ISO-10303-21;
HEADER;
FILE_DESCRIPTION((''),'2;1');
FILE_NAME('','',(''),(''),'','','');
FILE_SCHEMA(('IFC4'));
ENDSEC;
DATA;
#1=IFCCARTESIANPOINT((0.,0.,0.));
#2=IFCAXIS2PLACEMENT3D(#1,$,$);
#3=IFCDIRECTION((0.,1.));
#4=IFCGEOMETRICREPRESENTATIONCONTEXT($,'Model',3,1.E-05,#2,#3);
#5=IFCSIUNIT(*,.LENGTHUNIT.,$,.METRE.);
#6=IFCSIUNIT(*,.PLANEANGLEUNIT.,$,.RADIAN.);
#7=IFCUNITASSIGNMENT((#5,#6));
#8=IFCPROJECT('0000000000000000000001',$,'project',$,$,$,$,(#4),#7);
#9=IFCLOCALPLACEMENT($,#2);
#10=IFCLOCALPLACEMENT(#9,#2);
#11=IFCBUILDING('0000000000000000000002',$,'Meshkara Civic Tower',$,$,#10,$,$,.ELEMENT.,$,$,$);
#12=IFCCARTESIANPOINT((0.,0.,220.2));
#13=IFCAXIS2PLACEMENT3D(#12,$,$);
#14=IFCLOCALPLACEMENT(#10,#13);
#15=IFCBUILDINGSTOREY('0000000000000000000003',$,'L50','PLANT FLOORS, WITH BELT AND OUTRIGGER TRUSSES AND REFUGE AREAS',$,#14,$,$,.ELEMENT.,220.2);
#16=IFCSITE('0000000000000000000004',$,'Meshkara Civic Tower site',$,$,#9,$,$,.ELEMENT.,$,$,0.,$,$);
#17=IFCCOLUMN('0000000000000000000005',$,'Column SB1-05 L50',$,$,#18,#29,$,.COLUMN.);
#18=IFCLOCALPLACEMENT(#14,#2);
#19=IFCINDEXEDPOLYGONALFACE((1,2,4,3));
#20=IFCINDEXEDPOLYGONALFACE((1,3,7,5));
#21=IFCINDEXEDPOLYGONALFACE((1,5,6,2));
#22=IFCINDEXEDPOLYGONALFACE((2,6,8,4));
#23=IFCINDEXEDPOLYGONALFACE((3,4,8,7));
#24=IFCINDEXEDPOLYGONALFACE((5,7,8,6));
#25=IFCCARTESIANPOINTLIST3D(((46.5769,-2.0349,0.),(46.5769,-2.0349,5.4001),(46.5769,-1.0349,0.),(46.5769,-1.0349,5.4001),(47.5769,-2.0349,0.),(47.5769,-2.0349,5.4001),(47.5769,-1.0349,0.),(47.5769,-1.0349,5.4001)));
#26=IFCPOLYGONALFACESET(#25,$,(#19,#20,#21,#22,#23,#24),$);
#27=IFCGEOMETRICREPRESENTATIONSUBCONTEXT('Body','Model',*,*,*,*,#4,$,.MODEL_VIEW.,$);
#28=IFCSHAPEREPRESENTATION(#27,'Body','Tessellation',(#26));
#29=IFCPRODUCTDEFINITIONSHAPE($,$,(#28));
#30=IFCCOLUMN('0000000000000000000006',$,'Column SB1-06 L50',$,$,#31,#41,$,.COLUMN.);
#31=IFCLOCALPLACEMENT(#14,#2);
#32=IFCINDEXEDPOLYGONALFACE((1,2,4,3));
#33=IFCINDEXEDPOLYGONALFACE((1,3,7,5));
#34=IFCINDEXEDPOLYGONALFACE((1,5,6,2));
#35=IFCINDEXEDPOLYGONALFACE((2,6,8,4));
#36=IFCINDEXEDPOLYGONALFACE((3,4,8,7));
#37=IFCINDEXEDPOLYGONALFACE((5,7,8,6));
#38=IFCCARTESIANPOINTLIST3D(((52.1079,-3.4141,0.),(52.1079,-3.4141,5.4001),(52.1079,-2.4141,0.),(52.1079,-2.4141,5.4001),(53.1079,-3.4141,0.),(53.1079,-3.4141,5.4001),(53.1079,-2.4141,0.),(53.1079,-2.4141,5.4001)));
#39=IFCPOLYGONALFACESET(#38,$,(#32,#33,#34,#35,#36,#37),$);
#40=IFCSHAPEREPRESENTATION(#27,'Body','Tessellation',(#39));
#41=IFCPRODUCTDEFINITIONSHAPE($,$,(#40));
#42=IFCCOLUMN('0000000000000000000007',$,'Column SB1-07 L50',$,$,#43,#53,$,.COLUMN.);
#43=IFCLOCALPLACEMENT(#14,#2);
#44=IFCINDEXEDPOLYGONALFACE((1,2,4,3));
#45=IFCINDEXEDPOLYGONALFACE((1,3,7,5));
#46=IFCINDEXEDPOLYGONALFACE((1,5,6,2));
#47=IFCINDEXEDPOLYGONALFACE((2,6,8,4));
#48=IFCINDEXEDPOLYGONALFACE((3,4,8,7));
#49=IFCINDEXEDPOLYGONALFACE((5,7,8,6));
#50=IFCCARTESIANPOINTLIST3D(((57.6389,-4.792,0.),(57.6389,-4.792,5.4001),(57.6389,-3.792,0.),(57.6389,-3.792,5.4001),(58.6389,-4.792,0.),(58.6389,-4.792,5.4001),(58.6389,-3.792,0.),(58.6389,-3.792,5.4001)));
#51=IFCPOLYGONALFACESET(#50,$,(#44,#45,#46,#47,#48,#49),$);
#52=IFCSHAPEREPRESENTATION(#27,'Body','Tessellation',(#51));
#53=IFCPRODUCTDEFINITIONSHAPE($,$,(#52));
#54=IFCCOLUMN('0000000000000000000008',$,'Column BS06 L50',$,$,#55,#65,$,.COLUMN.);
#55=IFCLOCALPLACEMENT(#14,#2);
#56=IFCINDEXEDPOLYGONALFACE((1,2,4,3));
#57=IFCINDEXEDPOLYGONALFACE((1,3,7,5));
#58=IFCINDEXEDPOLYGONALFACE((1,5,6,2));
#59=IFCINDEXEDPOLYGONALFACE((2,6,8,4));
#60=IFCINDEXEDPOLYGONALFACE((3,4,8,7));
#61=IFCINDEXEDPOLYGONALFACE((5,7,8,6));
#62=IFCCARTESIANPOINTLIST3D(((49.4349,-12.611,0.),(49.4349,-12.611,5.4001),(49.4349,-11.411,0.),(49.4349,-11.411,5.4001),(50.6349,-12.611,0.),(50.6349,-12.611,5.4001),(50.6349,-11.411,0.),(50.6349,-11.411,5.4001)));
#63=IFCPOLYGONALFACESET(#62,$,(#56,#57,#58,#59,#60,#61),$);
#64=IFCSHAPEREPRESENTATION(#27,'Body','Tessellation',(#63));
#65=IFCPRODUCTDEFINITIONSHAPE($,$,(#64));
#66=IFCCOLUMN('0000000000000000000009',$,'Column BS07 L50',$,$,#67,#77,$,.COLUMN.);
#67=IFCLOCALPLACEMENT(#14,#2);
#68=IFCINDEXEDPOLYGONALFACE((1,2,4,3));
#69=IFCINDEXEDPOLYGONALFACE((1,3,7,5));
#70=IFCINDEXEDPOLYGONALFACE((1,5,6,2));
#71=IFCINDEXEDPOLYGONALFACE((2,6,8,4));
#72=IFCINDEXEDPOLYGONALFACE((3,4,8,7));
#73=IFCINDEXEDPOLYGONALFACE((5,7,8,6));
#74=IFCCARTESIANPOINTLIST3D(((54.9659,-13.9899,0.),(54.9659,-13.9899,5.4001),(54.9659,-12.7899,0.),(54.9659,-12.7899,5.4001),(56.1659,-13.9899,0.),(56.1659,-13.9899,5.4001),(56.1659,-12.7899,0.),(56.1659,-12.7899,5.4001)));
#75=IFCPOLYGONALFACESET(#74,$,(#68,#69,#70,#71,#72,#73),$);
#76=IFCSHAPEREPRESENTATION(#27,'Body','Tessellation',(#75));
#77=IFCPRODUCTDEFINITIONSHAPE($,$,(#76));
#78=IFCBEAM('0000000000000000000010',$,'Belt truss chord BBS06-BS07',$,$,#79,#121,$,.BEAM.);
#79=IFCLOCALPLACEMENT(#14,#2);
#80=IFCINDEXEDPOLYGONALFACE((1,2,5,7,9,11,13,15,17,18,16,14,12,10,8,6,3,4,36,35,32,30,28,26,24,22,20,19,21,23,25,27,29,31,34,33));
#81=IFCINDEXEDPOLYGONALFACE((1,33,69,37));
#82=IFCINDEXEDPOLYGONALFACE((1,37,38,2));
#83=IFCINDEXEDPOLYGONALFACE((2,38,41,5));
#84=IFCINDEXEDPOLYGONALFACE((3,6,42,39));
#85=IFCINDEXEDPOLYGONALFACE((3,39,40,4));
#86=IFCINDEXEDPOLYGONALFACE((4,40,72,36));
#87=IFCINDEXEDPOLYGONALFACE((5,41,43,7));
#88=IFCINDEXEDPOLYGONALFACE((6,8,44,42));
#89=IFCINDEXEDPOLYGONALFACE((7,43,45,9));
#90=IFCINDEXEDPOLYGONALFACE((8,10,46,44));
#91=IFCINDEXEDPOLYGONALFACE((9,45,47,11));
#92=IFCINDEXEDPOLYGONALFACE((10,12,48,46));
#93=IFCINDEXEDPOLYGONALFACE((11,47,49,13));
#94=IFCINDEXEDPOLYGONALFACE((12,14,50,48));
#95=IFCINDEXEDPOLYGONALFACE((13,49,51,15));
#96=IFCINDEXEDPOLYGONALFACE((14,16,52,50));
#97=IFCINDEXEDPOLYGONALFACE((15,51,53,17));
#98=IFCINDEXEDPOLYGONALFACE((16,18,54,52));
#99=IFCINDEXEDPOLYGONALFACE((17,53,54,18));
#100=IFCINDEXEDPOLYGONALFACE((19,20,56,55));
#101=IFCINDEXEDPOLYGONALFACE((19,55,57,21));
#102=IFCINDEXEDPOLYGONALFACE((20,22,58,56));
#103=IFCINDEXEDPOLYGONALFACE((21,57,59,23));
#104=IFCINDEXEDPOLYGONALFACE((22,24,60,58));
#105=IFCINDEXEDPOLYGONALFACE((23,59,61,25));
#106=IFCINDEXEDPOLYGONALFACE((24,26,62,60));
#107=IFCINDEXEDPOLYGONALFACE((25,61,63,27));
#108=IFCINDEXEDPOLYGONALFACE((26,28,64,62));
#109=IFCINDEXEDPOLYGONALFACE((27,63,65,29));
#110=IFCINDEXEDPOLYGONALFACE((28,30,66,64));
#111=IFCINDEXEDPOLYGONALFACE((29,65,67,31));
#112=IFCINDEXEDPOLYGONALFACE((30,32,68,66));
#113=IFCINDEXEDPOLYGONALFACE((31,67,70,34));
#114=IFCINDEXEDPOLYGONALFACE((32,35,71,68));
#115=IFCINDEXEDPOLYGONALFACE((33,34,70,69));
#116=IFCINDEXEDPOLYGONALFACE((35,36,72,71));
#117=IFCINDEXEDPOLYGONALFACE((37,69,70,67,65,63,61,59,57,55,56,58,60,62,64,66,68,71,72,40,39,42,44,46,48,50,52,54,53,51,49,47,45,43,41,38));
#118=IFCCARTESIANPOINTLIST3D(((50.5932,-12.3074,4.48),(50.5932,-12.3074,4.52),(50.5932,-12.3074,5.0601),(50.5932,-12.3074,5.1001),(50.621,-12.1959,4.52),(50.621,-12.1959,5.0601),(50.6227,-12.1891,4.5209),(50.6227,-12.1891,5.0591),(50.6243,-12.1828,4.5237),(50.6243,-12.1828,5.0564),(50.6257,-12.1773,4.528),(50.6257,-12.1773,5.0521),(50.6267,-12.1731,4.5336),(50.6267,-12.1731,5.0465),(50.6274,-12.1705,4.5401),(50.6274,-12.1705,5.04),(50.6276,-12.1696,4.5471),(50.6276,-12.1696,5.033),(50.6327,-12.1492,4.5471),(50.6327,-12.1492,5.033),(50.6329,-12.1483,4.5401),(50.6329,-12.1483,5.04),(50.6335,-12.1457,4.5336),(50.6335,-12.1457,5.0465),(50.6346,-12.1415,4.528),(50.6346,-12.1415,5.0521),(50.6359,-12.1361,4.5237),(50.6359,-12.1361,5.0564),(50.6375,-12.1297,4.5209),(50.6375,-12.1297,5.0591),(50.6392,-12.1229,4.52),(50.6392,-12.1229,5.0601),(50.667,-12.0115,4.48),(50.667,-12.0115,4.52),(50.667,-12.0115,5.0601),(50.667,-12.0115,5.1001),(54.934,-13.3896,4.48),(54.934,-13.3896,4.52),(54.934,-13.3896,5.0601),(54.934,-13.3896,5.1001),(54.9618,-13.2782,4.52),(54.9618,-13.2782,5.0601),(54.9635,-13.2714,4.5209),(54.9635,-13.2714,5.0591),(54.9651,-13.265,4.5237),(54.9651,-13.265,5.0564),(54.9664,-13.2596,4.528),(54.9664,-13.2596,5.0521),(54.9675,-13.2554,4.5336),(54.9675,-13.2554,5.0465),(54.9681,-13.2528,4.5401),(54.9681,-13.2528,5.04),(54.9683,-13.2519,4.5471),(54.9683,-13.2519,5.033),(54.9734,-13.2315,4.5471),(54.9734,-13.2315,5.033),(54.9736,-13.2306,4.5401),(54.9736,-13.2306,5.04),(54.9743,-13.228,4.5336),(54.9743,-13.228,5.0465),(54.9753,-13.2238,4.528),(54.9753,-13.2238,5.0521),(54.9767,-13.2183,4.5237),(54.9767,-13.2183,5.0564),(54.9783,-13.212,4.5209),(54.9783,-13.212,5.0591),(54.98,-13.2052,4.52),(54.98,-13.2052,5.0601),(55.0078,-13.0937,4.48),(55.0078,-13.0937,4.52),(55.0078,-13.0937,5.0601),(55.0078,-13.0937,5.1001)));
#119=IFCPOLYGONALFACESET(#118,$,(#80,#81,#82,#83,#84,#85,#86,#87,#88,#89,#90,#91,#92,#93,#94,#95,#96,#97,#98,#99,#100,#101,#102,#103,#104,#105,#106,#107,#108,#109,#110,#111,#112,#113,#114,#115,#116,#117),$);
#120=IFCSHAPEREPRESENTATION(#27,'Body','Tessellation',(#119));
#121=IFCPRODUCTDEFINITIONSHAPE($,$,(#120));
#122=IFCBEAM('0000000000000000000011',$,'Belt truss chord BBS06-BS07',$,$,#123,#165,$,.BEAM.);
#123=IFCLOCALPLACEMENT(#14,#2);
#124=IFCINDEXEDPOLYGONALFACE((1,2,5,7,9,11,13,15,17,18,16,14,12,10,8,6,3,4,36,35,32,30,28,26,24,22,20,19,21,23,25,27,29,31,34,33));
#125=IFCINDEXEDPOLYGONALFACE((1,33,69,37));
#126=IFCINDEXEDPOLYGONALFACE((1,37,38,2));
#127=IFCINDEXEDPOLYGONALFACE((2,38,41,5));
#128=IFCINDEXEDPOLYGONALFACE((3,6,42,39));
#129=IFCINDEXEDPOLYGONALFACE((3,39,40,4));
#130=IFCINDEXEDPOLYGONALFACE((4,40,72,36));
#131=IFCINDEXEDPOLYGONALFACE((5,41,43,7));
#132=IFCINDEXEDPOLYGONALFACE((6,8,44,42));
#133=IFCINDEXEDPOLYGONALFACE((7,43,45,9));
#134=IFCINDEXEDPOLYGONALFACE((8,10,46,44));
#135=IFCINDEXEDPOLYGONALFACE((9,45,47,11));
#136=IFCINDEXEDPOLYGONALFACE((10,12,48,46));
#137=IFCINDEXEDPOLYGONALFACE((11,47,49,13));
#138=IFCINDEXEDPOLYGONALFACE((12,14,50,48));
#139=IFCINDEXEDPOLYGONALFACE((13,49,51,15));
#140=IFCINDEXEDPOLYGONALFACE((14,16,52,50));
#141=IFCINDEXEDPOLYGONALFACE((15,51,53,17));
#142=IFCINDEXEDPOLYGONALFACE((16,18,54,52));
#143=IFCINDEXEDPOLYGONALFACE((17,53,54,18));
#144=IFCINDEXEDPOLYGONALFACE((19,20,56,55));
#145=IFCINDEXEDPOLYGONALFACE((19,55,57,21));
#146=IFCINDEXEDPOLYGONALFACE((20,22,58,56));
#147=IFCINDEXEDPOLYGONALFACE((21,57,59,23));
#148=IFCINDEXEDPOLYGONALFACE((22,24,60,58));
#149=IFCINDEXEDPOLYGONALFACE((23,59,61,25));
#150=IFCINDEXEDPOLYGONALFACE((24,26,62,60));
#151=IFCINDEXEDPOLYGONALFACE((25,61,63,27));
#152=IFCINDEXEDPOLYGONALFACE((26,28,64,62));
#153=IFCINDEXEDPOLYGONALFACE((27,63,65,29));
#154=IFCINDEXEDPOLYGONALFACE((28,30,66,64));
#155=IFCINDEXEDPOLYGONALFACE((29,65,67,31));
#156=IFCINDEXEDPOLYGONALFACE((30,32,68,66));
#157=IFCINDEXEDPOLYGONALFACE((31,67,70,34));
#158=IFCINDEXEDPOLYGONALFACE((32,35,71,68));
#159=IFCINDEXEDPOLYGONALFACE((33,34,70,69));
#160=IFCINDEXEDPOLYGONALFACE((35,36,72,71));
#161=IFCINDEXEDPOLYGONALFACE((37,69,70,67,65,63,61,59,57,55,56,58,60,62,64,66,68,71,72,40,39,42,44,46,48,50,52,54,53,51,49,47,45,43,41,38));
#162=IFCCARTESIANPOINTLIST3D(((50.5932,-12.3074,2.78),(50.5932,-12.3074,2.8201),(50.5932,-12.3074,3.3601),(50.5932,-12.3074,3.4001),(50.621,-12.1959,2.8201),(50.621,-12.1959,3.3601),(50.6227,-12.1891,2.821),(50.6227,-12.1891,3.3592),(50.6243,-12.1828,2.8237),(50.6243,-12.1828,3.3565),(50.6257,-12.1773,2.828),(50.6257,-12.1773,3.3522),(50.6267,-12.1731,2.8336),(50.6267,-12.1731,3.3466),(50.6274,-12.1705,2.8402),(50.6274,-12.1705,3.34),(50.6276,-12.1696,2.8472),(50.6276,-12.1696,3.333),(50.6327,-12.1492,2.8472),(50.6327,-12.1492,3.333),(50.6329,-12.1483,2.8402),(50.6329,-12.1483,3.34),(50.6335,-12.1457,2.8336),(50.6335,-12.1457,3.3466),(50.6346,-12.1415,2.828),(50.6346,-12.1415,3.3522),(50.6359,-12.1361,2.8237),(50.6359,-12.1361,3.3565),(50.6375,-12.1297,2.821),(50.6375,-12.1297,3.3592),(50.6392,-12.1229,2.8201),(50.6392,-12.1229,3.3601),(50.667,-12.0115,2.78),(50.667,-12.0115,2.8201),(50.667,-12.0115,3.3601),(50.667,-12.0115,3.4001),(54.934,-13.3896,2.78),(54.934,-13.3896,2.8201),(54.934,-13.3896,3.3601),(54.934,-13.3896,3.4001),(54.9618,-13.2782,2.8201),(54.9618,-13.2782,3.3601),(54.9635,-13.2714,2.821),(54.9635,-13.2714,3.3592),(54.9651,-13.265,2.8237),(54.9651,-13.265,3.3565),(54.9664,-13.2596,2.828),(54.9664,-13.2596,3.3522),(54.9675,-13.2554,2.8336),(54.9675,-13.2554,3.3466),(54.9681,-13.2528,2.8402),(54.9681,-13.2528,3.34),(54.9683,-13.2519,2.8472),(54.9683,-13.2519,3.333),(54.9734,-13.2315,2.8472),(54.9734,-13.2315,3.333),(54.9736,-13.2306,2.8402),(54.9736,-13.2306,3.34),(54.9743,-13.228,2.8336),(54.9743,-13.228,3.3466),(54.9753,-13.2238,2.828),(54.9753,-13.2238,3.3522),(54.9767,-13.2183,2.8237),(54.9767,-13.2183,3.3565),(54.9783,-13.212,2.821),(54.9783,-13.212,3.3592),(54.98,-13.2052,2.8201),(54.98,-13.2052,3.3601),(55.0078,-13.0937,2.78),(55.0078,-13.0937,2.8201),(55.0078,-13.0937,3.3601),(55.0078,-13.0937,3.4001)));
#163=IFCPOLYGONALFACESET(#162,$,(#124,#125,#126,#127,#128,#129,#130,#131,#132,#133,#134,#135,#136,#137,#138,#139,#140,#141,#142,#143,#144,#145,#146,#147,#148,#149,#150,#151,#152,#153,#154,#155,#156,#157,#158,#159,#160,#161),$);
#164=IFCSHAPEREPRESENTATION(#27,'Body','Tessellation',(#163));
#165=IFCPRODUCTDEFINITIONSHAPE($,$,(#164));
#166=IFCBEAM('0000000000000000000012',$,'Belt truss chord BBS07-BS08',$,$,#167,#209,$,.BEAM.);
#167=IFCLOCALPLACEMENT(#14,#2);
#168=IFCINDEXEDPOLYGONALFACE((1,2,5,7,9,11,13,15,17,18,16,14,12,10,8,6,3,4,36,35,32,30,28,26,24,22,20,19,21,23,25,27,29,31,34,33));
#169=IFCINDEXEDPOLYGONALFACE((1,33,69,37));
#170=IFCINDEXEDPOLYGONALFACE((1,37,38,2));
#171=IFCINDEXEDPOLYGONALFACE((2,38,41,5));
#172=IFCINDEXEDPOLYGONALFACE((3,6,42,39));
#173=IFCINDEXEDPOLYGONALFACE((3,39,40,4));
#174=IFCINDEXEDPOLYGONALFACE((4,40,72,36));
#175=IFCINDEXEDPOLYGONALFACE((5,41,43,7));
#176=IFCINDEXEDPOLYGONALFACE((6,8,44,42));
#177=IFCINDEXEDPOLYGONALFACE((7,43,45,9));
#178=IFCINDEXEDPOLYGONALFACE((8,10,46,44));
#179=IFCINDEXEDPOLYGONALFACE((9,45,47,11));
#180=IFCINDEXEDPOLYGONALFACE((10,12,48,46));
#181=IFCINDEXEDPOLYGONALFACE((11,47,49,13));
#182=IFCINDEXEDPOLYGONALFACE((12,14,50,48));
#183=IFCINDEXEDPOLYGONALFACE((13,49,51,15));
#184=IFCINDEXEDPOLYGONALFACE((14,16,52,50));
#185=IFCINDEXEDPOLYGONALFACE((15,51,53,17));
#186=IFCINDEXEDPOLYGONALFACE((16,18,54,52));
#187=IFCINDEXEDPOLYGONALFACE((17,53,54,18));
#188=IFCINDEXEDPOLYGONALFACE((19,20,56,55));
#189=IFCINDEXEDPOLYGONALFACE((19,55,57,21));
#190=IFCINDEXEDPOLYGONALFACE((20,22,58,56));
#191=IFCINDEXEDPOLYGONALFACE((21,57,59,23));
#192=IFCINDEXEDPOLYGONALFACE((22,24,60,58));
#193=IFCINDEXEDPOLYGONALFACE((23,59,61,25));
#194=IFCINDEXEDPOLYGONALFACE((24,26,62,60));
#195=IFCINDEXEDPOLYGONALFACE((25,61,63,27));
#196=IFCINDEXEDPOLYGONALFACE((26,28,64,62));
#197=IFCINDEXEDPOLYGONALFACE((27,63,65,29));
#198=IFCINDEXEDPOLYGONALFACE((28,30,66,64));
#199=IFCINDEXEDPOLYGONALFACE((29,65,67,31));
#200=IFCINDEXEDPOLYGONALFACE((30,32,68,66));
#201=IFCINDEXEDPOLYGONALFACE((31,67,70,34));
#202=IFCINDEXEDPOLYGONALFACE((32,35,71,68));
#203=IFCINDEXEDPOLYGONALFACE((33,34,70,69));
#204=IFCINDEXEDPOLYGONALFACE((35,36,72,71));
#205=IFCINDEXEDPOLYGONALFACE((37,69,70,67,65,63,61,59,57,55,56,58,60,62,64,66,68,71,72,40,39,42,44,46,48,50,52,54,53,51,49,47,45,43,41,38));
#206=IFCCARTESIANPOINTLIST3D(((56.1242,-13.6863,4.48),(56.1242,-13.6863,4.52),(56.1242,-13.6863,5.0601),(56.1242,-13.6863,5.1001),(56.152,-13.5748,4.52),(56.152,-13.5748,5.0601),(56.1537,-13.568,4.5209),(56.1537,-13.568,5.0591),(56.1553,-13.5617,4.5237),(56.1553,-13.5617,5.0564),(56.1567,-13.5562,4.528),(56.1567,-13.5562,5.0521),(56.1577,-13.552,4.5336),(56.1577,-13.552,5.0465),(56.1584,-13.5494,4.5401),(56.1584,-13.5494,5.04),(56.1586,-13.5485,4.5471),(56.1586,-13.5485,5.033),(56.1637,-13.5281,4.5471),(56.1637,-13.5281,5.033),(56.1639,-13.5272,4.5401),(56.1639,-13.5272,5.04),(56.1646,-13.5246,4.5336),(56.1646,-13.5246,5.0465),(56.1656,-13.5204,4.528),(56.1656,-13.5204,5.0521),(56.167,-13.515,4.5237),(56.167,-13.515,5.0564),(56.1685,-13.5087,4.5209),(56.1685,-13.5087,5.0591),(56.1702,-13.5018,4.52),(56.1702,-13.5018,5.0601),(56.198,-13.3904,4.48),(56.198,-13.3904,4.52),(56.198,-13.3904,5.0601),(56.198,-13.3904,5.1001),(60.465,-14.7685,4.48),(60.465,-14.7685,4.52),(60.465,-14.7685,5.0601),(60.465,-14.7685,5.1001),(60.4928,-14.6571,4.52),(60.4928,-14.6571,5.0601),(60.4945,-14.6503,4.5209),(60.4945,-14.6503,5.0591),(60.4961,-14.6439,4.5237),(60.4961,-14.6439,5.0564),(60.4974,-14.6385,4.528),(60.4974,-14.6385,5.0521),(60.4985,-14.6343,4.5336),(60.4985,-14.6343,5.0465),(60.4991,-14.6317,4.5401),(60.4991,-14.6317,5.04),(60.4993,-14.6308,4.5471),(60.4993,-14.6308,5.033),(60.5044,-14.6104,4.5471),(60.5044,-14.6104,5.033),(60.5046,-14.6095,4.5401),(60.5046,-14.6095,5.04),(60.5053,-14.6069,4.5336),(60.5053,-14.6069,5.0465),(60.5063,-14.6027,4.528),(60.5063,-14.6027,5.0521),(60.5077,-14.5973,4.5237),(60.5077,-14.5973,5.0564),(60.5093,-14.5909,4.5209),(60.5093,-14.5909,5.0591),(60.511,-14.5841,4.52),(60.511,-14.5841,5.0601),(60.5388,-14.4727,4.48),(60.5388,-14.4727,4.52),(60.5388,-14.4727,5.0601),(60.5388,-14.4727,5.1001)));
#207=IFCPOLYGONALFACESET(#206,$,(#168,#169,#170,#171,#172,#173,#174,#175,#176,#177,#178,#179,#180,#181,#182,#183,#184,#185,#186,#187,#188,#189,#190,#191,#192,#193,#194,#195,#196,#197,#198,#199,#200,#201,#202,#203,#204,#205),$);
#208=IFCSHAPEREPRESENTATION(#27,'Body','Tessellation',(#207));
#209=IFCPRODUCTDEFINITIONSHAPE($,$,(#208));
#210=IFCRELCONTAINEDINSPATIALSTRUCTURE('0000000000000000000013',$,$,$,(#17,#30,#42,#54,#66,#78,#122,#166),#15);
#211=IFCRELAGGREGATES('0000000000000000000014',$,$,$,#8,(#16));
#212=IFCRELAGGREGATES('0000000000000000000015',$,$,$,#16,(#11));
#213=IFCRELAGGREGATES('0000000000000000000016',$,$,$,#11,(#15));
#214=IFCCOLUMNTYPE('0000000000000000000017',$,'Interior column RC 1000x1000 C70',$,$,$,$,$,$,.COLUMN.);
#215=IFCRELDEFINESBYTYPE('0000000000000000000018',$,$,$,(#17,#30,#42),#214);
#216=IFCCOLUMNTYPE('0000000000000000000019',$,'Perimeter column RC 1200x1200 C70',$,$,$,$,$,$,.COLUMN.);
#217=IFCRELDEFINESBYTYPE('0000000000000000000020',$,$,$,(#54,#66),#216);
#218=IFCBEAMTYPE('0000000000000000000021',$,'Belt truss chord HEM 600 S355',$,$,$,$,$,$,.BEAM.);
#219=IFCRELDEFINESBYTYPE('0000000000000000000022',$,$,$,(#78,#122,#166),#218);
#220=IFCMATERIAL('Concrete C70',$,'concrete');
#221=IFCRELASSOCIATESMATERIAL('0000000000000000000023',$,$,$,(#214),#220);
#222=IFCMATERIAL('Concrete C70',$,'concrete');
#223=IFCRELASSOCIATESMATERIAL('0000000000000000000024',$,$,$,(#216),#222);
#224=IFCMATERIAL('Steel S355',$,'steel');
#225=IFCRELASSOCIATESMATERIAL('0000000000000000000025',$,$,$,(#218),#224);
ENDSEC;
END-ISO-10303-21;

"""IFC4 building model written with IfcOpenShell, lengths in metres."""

from ifc_helpers import new_model, si_unit, direction, frame, origin, origin_2d, place, context, subcontext, project, spatial, rectangle, i_section, extrude, material, material_profile, profile_set, type_object, element, save


model = new_model("IFC4")

# Units and contexts
model_context = context("Model", 3, precision=1e-05, world=origin(), true_north=direction((0.0, 1.0)))
body_context = subcontext(model_context, "Body", "Model", "MODEL_VIEW")
ifc_project = project(units=[si_unit("LENGTHUNIT", "METRE"), si_unit("PLANEANGLEUNIT", "RADIAN")], contexts=[model_context])

# Site, building, storey
site_placement = place(None, origin())
site = spatial("IfcSite", under=ifc_project, at=site_placement, Name="Meshkara Civic Tower site", CompositionType="ELEMENT", RefElevation=0.0)
building_placement = place(site_placement, origin())
building = spatial("IfcBuilding", under=site, at=building_placement, Name="Meshkara Civic Tower", CompositionType="ELEMENT")
storey_placement = place(building_placement, frame((0.0, 0.0, 220.2)))
storey = spatial("IfcBuildingStorey", under=building, at=storey_placement, Name="L50", Description="PLANT FLOORS, WITH BELT AND OUTRIGGER TRUSSES AND REFUGE AREAS", CompositionType="ELEMENT", Elevation=220.2)

# Columns
ifc_material_1 = material(Name="Concrete C70", Category="concrete")
ifc_material_profile_1 = material_profile(ifc_material_1, rectangle(XDim=1.0, YDim=1.0, at=origin_2d()))
ifc_profile_set_1 = profile_set([ifc_material_profile_1], Name="Concrete C70")
column_type_1 = type_object("IfcColumnType", Name="Interior column RC 1000x1000 C70", PredefinedType="COLUMN", material=ifc_profile_set_1)
for number, where, z_axis, x_axis, name in (
    (1, (47.0769, -1.5349, 0.0), (0.0, 0.0, 1.0), (1.0, 0.0, 0.0), "Column SB1-05 L50"),
    (2, (52.6079, -2.9141, 0.0), (0.0, 0.0, 1.0), (1.0, 0.0, 0.0), "Column SB1-06 L50"),
    (3, (58.1389, -4.292, 0.0), (0.0, 0.0, 1.0), (1.0, 0.0, 0.0), "Column SB1-07 L50"),
):
    element("IfcColumn", number, at=place(storey_placement, frame(where, z_axis=z_axis, x_axis=x_axis)), inside=storey, type_object=column_type_1, Name=name, PredefinedType="COLUMN", context=body_context, shape_type="SweptSolid", body=[
        extrude(rectangle(XDim=1.0, YDim=1.0, at=origin_2d()), origin(), (0.0, 0.0, 1.0), 5.4001),
    ])
ifc_material_2 = material(Name="Concrete C70", Category="concrete")
ifc_material_profile_2 = material_profile(ifc_material_2, rectangle(XDim=1.2, YDim=1.2, at=origin_2d()))
ifc_profile_set_2 = profile_set([ifc_material_profile_2], Name="Concrete C70")
column_type_2 = type_object("IfcColumnType", Name="Perimeter column RC 1200x1200 C70", PredefinedType="COLUMN", material=ifc_profile_set_2)
for number, where, z_axis, x_axis, name in (
    (4, (50.0349, -12.011, 0.0), (0.0, 0.0, 1.0), (1.0, 0.0, 0.0), "Column BS06 L50"),
    (5, (55.5659, -13.3899, 0.0), (0.0, 0.0, 1.0), (1.0, 0.0, 0.0), "Column BS07 L50"),
):
    element("IfcColumn", number, at=place(storey_placement, frame(where, z_axis=z_axis, x_axis=x_axis)), inside=storey, type_object=column_type_2, Name=name, PredefinedType="COLUMN", context=body_context, shape_type="SweptSolid", body=[
        extrude(rectangle(XDim=1.2, YDim=1.2, at=origin_2d()), origin(), (0.0, 0.0, 1.0), 5.4001),
    ])

# Beams
ifc_material_3 = material(Name="Steel S355", Category="steel")
ifc_material_profile_3 = material_profile(ifc_material_3, i_section(OverallWidth=0.3049, OverallDepth=0.6201, WebThickness=0.021, FlangeThickness=0.04, FilletRadius=0.0271, at=origin_2d()))
ifc_profile_set_3 = profile_set([ifc_material_profile_3], Name="Steel S355")
beam_type_1 = type_object("IfcBeamType", Name="Belt truss chord HEM 600 S355", PredefinedType="BEAM", material=ifc_profile_set_3)
for number, where, z_axis, x_axis, name in (
    (6, (50.6301, -12.1594, 4.79), (0.970296, -0.241919, 0.0), (0.241919, 0.970296, 0.0), "Belt truss chord BBS06-BS07"),
    (7, (50.6301, -12.1594, 3.0901), (0.970296, -0.241919, 0.0), (0.241919, 0.970296, 0.0), "Belt truss chord BBS06-BS07"),
    (8, (56.1611, -13.5383, 4.79), (0.970296, -0.241919, 0.0), (0.241919, 0.970296, 0.0), "Belt truss chord BBS07-BS08"),
):
    element("IfcBeam", number, at=place(storey_placement, frame(where, z_axis=z_axis, x_axis=x_axis)), inside=storey, type_object=beam_type_1, Name=name, PredefinedType="BEAM", context=body_context, shape_type="SweptSolid", body=[
        extrude(i_section(OverallWidth=0.3049, OverallDepth=0.6201, WebThickness=0.021, FlangeThickness=0.04, FilletRadius=0.0271, at=origin_2d()), origin(), (0.0, 0.0, 1.0), 4.4736),
    ])

save(model, "model.ifc")
